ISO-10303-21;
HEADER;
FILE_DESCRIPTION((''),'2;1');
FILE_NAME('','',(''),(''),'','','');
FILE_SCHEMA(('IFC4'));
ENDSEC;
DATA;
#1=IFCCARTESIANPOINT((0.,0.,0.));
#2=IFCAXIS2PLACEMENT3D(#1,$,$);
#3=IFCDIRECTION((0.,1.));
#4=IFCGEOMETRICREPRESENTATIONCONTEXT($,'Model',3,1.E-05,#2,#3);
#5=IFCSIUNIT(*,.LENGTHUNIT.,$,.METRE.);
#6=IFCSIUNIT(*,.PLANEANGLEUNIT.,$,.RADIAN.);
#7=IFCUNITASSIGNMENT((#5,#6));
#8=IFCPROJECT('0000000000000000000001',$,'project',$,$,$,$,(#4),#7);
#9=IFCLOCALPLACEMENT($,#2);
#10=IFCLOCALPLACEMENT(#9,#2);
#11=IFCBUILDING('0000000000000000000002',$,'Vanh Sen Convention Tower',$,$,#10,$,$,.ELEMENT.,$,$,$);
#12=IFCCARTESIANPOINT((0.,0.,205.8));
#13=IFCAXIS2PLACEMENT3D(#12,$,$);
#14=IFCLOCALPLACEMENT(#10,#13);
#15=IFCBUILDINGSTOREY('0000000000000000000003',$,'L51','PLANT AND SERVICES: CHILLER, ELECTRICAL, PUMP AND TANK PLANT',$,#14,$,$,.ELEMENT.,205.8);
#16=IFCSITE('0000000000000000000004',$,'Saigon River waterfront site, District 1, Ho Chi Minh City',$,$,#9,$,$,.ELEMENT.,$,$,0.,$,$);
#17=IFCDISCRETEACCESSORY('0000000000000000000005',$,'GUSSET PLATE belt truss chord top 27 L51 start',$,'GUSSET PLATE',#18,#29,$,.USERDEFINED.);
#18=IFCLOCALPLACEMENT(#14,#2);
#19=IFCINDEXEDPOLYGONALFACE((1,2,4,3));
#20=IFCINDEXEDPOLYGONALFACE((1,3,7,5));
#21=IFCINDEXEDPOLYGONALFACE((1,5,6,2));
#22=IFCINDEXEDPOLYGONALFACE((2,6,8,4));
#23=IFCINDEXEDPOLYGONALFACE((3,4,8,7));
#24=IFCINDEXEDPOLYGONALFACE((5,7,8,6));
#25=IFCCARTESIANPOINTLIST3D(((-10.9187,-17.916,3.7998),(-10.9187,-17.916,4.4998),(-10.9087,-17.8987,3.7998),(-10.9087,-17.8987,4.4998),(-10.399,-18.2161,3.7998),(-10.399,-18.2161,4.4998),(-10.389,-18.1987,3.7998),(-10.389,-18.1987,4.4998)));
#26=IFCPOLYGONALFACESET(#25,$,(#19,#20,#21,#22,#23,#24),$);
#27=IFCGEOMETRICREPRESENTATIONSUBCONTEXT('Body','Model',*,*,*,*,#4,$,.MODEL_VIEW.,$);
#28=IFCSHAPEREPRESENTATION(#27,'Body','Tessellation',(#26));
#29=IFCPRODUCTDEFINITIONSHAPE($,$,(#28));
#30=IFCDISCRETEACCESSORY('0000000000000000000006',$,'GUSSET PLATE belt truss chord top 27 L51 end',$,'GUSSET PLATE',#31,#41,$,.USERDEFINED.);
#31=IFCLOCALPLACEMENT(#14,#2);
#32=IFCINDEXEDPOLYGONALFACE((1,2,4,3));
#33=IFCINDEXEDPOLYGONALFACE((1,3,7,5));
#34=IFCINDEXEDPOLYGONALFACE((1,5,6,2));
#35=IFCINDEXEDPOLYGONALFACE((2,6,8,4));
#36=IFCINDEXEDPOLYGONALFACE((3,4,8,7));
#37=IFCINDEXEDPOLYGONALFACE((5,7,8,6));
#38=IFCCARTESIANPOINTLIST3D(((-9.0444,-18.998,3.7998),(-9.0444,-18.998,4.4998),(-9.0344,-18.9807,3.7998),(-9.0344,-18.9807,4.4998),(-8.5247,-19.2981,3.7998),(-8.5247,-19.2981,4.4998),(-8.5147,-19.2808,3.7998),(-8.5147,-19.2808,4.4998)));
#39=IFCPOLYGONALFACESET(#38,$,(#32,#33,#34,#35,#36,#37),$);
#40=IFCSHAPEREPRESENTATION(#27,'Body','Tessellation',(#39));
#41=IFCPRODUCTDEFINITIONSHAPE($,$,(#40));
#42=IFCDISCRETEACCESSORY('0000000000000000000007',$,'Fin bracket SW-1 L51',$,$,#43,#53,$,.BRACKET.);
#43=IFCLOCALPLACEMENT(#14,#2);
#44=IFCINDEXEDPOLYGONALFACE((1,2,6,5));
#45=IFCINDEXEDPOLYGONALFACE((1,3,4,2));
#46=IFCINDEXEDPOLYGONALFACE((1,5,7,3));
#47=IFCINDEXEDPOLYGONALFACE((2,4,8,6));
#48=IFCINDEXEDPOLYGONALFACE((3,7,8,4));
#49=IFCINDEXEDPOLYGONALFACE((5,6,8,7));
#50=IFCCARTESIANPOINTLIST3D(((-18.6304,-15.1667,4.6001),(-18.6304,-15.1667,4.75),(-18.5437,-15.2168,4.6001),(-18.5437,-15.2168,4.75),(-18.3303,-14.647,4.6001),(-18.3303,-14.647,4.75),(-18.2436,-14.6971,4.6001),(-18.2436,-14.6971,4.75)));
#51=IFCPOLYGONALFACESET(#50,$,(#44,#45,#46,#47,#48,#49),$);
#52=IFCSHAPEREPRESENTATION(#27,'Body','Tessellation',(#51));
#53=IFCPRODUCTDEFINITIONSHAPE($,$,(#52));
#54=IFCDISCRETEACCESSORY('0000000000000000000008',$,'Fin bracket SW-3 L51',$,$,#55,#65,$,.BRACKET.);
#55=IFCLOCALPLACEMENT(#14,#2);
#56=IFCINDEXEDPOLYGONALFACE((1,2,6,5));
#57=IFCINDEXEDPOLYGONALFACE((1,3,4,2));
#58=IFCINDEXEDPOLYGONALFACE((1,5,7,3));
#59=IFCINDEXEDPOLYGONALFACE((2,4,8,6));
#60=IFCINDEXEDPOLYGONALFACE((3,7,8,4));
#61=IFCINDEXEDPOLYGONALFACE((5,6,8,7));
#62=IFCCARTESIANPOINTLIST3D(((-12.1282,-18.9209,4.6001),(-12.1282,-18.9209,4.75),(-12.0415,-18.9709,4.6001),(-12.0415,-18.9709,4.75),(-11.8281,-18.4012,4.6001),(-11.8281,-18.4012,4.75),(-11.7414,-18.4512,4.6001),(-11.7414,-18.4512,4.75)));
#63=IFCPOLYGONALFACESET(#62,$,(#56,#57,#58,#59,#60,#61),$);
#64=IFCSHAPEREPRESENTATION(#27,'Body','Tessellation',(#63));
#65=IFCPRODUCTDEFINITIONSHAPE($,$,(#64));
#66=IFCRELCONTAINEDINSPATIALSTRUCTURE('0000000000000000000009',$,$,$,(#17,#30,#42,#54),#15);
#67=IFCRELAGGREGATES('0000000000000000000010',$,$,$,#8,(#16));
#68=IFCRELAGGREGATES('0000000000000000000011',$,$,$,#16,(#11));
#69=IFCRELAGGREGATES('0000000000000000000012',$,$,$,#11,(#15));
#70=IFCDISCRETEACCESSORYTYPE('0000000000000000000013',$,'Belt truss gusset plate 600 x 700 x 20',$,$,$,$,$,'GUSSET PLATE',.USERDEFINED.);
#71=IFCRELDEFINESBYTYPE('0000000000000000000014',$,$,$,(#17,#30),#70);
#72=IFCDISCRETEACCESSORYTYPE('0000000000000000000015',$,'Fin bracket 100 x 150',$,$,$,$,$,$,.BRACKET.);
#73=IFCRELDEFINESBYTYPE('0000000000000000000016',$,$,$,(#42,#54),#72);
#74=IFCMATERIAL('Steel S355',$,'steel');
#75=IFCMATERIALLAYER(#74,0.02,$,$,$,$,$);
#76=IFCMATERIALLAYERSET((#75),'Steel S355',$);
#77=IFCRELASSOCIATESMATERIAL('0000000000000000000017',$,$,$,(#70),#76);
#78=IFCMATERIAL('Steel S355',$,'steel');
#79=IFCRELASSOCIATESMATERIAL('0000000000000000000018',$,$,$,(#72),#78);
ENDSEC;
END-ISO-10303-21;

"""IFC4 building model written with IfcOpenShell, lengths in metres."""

from ifc_helpers import new_model, si_unit, direction, frame, origin, origin_2d, place, context, subcontext, project, spatial, rectangle, extrude, material, layer, layer_set, type_object, element, save


model = new_model("IFC4")

# Units and contexts
model_context = context("Model", 3, precision=1e-05, world=origin(), true_north=direction((0.0, 1.0)))
body_context = subcontext(model_context, "Body", "Model", "MODEL_VIEW")
ifc_project = project(units=[si_unit("LENGTHUNIT", "METRE"), si_unit("PLANEANGLEUNIT", "RADIAN")], contexts=[model_context])

# Site, building, storey
site_placement = place(None, origin())
site = spatial("IfcSite", under=ifc_project, at=site_placement, Name="Saigon River waterfront site, District 1, Ho Chi Minh City", CompositionType="ELEMENT", RefElevation=0.0)
building_placement = place(site_placement, origin())
building = spatial("IfcBuilding", under=site, at=building_placement, Name="Vanh Sen Convention Tower", CompositionType="ELEMENT")
storey_placement = place(building_placement, frame((0.0, 0.0, 205.8)))
storey = spatial("IfcBuildingStorey", under=building, at=storey_placement, Name="L51", Description="PLANT AND SERVICES: CHILLER, ELECTRICAL, PUMP AND TANK PLANT", CompositionType="ELEMENT", Elevation=205.8)

# Shared definitions
ifc_material_1 = material(Name="Steel S355", Category="steel")

# Discrete accessories
ifc_layer_1 = layer(ifc_material_1, 0.02)
ifc_layer_set_1 = layer_set([ifc_layer_1], Name="Steel S355")
discrete_accessory_type_1 = type_object("IfcDiscreteAccessoryType", Name="Belt truss gusset plate 600 x 700 x 20", ElementType="GUSSET PLATE", PredefinedType="USERDEFINED", material=ifc_layer_set_1)
for number, where, z_axis, x_axis, name in (
    (1, (-10.6538, -18.0574, 3.7998), (0.0, 0.0, 1.0), (0.866024, -0.500003, 0.0), "GUSSET PLATE belt truss chord top 27 L51 start"),
    (2, (-8.7795, -19.1394, 3.7998), (0.0, 0.0, 1.0), (-0.866024, 0.500003, 0.0), "GUSSET PLATE belt truss chord top 27 L51 end"),
):
    element("IfcDiscreteAccessory", number, at=place(storey_placement, frame(where, z_axis=z_axis, x_axis=x_axis)), inside=storey, type_object=discrete_accessory_type_1, Name=name, ObjectType="GUSSET PLATE", PredefinedType="USERDEFINED", context=body_context, shape_type="SweptSolid", body=[
        extrude(rectangle(XDim=0.6001, YDim=0.02, at=origin_2d()), origin(), (0.0, 0.0, 1.0), 0.7),
    ])
ifc_material_2 = material(Name="Steel S355", Category="steel")
discrete_accessory_type_2 = type_object("IfcDiscreteAccessoryType", Name="Fin bracket 100 x 150", PredefinedType="BRACKET", material=ifc_material_2)
for number, where, z_axis, x_axis, name in (
    (3, (-18.437, -14.9319, 4.6001), (0.0, 0.0, 1.0), (-0.5, -0.866025, 0.0), "Fin bracket SW-1 L51"),
    (4, (-11.9348, -18.686, 4.6001), (0.0, 0.0, 1.0), (-0.5, -0.866025, 0.0), "Fin bracket SW-3 L51"),
):
    element("IfcDiscreteAccessory", number, at=place(storey_placement, frame(where, z_axis=z_axis, x_axis=x_axis)), inside=storey, type_object=discrete_accessory_type_2, Name=name, PredefinedType="BRACKET", context=body_context, shape_type="SweptSolid", body=[
        extrude(rectangle(XDim=0.6001, YDim=0.1001, at=origin_2d()), origin(), (0.0, 0.0, 1.0), 0.1499),
    ])

save(model, "model.ifc")
